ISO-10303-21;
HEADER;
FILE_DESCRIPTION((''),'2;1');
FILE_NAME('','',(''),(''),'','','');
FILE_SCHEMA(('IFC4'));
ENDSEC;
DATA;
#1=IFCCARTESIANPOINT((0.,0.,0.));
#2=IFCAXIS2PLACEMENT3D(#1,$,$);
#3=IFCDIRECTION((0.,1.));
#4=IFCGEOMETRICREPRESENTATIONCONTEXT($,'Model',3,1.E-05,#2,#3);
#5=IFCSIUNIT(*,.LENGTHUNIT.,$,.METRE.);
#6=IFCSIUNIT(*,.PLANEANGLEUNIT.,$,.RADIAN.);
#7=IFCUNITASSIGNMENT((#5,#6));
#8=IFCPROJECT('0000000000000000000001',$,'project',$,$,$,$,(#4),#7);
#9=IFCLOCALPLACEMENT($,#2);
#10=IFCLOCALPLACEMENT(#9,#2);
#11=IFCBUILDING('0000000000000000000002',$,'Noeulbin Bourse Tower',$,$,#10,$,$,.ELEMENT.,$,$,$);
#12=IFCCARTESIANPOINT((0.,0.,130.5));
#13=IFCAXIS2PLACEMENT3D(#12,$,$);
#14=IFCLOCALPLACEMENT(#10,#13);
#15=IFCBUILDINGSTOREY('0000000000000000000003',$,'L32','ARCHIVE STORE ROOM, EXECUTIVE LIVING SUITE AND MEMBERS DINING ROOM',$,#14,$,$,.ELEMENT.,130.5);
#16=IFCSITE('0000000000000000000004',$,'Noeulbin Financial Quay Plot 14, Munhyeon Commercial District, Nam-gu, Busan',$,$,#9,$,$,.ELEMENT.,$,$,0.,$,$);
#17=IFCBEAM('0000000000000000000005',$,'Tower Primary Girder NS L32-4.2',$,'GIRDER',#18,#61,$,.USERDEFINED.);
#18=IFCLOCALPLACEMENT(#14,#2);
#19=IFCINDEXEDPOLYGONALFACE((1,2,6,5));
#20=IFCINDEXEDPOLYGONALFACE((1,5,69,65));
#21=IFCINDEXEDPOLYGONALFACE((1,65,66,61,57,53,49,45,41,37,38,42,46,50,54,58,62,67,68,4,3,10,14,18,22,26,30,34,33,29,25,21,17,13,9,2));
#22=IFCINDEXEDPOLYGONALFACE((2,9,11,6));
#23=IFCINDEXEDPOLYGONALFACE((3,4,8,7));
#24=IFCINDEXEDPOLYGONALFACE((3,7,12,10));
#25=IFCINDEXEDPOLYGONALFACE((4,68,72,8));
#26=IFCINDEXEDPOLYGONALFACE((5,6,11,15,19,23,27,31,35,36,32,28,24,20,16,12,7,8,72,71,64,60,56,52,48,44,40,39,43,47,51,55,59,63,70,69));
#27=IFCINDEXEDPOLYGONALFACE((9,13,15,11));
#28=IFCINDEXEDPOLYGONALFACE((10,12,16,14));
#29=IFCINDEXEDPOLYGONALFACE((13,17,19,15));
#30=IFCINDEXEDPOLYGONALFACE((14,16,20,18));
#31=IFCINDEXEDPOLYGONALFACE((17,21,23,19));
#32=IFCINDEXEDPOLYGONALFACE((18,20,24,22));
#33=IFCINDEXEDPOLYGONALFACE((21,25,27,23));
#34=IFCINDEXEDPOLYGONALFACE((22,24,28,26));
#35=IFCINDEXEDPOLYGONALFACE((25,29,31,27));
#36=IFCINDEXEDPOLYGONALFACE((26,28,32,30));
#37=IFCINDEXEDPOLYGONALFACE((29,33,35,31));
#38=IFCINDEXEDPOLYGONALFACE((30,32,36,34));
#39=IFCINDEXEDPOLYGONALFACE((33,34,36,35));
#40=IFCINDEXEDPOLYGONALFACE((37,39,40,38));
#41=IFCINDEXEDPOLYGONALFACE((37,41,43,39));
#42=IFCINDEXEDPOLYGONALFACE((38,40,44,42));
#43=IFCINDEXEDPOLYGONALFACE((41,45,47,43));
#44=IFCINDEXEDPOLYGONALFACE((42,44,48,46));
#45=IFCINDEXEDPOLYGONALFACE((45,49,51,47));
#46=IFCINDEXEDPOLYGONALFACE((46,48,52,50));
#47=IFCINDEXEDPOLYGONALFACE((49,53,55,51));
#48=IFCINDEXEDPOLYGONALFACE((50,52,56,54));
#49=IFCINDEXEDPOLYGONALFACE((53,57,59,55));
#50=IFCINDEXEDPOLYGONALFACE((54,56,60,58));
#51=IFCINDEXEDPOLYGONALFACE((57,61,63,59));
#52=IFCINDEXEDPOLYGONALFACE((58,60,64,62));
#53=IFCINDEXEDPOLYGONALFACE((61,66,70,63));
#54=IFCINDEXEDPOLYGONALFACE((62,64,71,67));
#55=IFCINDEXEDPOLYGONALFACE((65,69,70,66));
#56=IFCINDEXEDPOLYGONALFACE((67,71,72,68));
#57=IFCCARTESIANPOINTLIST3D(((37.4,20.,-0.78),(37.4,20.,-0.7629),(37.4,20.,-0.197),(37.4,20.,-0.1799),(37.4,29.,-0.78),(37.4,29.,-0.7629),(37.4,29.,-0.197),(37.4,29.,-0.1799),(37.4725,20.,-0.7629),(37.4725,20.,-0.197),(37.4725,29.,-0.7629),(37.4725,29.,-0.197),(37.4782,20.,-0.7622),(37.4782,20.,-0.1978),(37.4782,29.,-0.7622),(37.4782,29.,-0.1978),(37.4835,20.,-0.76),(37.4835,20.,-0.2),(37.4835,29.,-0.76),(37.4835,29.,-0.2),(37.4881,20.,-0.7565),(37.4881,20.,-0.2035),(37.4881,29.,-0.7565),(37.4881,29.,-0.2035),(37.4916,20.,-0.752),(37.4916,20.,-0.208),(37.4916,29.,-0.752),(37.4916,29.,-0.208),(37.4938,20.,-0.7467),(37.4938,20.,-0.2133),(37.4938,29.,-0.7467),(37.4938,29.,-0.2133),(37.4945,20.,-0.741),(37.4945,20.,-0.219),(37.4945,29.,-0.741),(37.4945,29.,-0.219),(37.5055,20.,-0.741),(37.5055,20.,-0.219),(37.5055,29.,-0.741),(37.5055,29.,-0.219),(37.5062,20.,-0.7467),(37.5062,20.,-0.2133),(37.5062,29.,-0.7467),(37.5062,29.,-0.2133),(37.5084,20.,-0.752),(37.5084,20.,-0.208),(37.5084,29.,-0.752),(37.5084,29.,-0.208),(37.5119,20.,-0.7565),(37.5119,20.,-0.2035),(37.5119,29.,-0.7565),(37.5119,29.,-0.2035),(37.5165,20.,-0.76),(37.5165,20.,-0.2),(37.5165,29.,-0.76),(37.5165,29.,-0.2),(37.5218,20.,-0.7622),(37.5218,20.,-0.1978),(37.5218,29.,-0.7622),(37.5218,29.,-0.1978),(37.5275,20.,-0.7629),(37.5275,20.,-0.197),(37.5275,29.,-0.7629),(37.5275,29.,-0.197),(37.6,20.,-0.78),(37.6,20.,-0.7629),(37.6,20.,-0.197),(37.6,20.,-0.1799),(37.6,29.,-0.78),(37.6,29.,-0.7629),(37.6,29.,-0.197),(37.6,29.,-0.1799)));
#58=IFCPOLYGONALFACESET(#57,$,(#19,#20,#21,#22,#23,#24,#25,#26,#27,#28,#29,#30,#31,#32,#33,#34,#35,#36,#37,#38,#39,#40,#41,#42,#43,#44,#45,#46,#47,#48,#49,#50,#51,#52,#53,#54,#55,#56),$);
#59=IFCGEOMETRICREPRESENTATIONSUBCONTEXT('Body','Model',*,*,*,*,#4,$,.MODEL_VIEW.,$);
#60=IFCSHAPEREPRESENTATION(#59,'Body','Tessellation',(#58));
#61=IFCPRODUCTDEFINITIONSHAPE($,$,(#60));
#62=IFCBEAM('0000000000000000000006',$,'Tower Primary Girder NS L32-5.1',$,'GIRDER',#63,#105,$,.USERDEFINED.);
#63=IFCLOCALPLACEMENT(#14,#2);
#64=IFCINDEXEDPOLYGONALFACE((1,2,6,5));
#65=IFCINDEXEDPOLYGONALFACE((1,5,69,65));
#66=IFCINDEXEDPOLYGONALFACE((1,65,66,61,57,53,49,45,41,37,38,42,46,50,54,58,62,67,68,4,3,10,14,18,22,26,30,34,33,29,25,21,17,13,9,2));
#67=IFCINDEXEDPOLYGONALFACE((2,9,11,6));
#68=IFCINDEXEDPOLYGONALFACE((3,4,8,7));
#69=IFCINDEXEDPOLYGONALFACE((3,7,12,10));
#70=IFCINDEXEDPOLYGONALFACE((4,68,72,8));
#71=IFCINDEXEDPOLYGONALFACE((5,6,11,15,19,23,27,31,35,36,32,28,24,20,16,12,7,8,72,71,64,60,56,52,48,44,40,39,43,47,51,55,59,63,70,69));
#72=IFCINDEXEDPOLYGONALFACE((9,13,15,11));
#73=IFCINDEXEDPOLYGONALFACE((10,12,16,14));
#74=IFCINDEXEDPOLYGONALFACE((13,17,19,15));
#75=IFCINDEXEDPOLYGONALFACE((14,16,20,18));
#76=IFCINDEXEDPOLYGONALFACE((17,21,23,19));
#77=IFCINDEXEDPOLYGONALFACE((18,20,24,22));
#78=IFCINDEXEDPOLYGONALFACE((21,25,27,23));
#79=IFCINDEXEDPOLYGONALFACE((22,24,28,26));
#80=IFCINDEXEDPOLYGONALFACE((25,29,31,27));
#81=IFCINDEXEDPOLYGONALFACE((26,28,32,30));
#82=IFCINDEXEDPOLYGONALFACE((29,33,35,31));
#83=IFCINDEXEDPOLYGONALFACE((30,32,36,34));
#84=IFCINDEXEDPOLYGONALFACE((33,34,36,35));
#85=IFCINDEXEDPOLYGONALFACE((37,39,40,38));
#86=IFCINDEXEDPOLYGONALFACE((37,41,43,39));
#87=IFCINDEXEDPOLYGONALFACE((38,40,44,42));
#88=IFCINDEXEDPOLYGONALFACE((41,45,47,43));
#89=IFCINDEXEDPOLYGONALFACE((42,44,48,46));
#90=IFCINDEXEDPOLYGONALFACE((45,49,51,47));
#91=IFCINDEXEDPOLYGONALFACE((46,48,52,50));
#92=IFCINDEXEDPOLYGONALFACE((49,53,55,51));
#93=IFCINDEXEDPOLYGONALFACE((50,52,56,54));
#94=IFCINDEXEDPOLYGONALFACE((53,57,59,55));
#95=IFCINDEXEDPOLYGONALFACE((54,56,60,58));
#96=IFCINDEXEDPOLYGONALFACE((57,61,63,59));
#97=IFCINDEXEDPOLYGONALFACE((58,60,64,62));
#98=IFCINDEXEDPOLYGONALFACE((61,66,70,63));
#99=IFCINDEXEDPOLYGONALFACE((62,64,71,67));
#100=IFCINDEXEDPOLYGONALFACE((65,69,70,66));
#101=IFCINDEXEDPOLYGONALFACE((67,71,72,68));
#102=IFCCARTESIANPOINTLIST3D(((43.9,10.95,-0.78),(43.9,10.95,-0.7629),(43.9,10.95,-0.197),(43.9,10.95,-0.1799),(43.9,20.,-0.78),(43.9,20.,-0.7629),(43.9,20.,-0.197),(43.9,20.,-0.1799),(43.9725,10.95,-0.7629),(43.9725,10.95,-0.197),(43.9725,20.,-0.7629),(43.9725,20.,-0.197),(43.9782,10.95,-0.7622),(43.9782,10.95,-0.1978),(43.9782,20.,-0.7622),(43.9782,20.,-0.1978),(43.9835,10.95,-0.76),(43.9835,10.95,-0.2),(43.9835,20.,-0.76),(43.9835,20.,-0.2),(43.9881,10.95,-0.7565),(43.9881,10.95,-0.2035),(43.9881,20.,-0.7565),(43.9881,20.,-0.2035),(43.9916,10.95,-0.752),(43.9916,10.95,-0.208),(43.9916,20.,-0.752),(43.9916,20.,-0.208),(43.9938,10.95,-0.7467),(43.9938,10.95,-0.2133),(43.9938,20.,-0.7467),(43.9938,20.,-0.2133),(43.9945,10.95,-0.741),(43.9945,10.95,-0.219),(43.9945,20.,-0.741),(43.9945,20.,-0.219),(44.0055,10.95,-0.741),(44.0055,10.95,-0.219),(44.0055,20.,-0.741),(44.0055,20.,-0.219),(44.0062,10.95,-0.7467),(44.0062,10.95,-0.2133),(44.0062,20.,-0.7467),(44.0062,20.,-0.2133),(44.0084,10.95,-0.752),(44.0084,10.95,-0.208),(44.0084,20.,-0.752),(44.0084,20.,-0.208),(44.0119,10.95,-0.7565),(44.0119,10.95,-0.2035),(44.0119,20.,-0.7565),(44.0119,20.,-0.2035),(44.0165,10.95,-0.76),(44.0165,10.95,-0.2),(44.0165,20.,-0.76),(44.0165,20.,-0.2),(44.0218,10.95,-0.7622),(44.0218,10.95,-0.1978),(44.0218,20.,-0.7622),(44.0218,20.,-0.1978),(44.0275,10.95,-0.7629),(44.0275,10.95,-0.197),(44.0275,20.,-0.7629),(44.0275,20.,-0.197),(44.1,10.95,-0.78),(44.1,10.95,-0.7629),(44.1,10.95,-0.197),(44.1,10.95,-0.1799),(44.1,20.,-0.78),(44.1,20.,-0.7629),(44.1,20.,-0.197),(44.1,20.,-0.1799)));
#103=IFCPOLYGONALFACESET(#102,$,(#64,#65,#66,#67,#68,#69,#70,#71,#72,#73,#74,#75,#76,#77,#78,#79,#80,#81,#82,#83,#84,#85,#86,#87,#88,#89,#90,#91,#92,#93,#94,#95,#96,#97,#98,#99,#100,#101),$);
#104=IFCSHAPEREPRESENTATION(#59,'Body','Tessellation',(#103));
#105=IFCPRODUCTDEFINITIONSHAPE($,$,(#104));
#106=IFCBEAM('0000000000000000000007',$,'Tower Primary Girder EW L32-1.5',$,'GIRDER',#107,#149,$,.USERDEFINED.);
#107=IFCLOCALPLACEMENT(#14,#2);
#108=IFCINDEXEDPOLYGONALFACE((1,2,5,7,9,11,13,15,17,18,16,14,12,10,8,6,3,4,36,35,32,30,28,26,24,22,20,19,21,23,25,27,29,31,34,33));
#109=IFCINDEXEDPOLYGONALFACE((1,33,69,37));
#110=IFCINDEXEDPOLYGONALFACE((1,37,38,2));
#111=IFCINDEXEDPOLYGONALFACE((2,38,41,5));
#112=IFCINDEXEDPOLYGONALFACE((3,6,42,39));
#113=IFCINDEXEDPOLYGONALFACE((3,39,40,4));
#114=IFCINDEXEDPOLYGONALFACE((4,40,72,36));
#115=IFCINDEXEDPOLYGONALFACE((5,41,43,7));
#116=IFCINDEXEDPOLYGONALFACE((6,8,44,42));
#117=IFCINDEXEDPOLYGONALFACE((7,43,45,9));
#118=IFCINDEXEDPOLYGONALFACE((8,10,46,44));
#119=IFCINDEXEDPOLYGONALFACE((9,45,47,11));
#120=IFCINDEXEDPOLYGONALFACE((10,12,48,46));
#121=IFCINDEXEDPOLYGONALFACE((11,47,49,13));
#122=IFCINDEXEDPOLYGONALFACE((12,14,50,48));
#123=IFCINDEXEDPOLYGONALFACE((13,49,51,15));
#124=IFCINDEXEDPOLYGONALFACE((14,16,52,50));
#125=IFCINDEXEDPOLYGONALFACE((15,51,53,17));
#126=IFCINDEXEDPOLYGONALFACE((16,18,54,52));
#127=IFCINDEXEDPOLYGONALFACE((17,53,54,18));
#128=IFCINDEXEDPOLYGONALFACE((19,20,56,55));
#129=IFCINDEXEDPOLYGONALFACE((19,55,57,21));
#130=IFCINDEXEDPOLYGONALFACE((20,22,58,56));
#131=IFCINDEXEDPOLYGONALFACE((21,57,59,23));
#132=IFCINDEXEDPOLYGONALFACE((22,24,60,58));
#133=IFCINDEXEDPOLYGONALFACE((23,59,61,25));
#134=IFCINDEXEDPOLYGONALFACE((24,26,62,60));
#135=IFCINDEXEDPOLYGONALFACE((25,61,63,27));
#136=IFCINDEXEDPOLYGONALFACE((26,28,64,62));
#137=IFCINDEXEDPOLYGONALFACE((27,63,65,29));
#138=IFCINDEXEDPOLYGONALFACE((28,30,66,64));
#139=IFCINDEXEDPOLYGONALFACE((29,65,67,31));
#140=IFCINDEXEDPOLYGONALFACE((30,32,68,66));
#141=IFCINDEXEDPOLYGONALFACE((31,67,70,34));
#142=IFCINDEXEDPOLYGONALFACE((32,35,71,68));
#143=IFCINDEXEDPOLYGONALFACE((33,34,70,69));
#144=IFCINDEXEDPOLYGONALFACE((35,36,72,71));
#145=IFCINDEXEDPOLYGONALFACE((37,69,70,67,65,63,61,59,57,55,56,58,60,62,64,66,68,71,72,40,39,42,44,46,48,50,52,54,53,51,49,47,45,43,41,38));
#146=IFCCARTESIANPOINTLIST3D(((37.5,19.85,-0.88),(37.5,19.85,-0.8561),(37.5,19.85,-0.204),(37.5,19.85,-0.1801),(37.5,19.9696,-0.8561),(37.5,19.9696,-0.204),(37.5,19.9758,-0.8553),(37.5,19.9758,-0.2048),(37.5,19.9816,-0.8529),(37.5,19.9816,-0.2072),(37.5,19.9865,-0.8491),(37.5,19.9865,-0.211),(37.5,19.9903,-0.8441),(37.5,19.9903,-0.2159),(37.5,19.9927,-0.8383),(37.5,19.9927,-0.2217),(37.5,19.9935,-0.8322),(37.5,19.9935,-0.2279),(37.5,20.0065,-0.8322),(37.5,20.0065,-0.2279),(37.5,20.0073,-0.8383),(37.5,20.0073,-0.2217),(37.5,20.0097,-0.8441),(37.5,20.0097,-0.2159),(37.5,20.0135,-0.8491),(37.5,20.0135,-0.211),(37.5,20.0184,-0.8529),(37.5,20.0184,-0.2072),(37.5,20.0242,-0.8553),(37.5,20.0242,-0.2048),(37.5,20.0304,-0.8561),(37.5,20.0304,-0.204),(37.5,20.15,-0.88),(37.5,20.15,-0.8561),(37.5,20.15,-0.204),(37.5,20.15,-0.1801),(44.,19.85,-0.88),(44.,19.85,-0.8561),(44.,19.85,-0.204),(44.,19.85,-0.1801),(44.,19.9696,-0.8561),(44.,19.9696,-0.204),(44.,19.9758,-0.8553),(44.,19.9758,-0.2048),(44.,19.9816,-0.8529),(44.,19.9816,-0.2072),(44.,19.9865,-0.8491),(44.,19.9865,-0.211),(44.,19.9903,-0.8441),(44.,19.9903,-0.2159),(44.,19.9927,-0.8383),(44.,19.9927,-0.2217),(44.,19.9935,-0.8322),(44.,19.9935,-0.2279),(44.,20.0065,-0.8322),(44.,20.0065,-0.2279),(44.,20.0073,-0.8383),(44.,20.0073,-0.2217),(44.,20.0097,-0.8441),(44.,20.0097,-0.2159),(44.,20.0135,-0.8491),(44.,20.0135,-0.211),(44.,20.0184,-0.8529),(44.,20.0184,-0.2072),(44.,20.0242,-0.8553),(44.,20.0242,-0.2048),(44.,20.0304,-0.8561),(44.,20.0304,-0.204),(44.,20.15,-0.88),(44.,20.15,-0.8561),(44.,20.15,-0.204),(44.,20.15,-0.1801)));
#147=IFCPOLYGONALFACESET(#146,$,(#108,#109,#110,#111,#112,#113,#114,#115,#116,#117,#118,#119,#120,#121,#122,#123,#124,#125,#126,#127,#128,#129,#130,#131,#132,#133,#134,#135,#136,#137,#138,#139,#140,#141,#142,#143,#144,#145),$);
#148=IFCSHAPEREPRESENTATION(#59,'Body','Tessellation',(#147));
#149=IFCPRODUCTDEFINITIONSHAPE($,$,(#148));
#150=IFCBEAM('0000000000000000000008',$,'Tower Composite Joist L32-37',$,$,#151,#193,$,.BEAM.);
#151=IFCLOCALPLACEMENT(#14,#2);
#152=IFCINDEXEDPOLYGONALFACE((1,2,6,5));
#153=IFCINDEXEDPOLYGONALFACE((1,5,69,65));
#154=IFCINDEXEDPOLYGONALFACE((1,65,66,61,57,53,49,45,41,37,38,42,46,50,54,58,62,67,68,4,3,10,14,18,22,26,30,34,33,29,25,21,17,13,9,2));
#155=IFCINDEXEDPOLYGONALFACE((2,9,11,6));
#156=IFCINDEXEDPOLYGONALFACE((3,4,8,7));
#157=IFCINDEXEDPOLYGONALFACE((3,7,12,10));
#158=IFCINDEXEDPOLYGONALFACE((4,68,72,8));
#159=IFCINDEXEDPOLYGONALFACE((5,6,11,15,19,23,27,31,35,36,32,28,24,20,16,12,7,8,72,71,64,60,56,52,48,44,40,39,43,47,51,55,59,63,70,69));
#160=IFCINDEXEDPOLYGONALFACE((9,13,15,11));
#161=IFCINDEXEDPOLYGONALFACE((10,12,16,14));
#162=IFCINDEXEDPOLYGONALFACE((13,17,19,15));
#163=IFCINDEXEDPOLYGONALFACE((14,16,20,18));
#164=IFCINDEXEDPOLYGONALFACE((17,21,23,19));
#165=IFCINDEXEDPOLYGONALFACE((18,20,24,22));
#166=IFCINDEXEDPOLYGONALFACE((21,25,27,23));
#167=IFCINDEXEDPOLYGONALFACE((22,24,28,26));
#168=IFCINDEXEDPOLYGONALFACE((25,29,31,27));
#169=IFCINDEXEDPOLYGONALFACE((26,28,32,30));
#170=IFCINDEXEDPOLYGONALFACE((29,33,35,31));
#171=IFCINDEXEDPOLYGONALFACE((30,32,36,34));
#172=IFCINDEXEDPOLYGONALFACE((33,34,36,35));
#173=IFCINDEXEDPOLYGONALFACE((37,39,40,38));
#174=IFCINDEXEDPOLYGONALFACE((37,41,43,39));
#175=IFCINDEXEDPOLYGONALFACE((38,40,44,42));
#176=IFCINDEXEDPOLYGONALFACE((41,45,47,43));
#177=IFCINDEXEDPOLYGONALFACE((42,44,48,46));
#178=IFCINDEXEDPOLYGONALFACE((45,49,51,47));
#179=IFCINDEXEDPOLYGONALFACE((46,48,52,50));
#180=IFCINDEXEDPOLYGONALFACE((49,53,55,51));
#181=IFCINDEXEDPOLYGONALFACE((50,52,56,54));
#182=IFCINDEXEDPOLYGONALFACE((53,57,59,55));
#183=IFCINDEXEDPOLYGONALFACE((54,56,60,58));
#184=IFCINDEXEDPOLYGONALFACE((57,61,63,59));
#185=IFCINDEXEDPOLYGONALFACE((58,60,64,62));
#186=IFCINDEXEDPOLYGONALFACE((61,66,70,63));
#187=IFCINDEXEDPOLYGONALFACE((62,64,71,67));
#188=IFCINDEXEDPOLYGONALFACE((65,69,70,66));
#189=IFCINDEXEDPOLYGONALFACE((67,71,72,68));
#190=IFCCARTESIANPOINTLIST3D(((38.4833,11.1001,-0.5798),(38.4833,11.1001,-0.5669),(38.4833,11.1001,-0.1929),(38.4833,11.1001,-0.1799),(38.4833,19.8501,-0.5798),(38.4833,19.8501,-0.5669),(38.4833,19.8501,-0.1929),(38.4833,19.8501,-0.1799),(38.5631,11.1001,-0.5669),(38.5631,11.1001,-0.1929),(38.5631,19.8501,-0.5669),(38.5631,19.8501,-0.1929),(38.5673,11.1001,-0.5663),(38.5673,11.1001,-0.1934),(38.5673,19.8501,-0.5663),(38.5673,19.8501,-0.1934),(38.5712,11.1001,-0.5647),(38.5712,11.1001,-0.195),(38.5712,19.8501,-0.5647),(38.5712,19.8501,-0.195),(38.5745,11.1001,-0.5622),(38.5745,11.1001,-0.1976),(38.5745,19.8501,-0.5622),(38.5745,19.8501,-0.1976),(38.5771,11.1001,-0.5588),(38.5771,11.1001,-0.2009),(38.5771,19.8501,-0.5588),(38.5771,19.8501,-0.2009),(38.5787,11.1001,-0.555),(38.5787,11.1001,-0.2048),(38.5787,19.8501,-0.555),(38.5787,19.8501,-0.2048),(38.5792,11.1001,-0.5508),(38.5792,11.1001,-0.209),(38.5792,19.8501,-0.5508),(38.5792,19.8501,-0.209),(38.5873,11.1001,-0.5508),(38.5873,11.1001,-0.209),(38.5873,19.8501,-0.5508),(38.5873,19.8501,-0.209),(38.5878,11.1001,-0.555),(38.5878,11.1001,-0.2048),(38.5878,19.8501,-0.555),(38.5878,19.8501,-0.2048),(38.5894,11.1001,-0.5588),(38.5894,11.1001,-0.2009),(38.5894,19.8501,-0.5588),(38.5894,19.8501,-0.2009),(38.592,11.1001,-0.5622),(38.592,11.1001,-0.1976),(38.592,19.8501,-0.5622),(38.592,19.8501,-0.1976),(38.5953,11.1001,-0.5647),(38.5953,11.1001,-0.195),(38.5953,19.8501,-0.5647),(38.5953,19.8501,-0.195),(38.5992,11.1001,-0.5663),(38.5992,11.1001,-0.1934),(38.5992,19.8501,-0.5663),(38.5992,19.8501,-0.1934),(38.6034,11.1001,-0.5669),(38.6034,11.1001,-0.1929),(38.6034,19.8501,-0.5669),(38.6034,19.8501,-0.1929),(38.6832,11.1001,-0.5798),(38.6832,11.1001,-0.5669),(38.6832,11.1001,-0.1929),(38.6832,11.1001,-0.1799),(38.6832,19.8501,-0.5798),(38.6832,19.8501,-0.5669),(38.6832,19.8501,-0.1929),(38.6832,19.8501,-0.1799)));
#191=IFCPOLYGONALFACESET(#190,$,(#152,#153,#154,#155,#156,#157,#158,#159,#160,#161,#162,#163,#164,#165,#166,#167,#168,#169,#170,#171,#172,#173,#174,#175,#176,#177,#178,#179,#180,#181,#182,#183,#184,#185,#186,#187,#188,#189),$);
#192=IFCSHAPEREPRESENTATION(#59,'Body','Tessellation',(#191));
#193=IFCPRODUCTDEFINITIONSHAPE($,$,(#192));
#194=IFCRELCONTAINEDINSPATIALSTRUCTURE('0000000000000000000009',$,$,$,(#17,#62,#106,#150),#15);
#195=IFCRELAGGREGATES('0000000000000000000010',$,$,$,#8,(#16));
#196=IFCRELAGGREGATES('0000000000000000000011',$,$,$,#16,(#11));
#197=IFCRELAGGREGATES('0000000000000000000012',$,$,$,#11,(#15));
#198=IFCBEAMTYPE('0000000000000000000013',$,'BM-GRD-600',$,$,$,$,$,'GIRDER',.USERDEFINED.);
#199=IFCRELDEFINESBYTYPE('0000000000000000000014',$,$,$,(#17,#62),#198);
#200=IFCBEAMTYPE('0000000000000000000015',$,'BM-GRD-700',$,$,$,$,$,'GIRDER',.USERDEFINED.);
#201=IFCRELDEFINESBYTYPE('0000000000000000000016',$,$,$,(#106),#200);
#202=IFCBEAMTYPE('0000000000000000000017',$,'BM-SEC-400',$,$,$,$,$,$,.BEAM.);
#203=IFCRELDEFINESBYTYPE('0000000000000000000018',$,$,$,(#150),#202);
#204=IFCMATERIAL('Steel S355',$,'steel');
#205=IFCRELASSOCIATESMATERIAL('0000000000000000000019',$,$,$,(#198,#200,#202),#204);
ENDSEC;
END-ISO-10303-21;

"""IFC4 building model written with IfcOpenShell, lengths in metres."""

from ifc_helpers import new_model, si_unit, direction, frame, origin, origin_2d, place, context, subcontext, project, spatial, i_section, extrude, material, material_profile, profile_set, type_object, element, save


model = new_model("IFC4")

# Units and contexts
model_context = context("Model", 3, precision=1e-05, world=origin(), true_north=direction((0.0, 1.0)))
body_context = subcontext(model_context, "Body", "Model", "MODEL_VIEW")
ifc_project = project(units=[si_unit("LENGTHUNIT", "METRE"), si_unit("PLANEANGLEUNIT", "RADIAN")], contexts=[model_context])

# Site, building, storey
site_placement = place(None, origin())
site = spatial("IfcSite", under=ifc_project, at=site_placement, Name="Noeulbin Financial Quay Plot 14, Munhyeon Commercial District, Nam-gu, Busan", CompositionType="ELEMENT", RefElevation=0.0)
building_placement = place(site_placement, origin())
building = spatial("IfcBuilding", under=site, at=building_placement, Name="Noeulbin Bourse Tower", CompositionType="ELEMENT")
storey_placement = place(building_placement, frame((0.0, 0.0, 130.5)))
storey = spatial("IfcBuildingStorey", under=building, at=storey_placement, Name="L32", Description="ARCHIVE STORE ROOM, EXECUTIVE LIVING SUITE AND MEMBERS DINING ROOM", CompositionType="ELEMENT", Elevation=130.5)

# Shared definitions
ifc_material_1 = material(Name="Steel S355", Category="steel")

# Beams
ifc_material_profile_1 = material_profile(ifc_material_1, i_section(OverallWidth=0.2, OverallDepth=0.6001, WebThickness=0.011, FlangeThickness=0.0171, FilletRadius=0.022, at=origin_2d()), Name="H-600x200x11x17", Category="LoadBearing")
ifc_profile_set_1 = profile_set([ifc_material_profile_1], Name="Steel S355")
beam_type_1 = type_object("IfcBeamType", Name="BM-GRD-600", ElementType="GIRDER", PredefinedType="USERDEFINED", material=ifc_profile_set_1)
beam_1_placement = place(storey_placement, frame((37.5, 20.0, -0.48), z_axis=(0.0, 1.0, 0.0), x_axis=(-1.0, 0.0, 0.0)))
element("IfcBeam", 1, at=beam_1_placement, inside=storey, type_object=beam_type_1, Name="Tower Primary Girder NS L32-4.2", ObjectType="GIRDER", PredefinedType="USERDEFINED", context=body_context, shape_type="SweptSolid", body=[
    extrude(i_section(OverallWidth=0.2, OverallDepth=0.6001, WebThickness=0.011, FlangeThickness=0.0171, FilletRadius=0.022, at=origin_2d()), origin(), (0.0, 0.0, 1.0), 9.0),
])
beam_2_placement = place(storey_placement, frame((44.0, 10.95, -0.48), z_axis=(0.0, 1.0, 0.0), x_axis=(-1.0, 0.0, 0.0)))
element("IfcBeam", 2, at=beam_2_placement, inside=storey, type_object=beam_type_1, Name="Tower Primary Girder NS L32-5.1", ObjectType="GIRDER", PredefinedType="USERDEFINED", context=body_context, shape_type="SweptSolid", body=[
    extrude(i_section(OverallWidth=0.2, OverallDepth=0.6001, WebThickness=0.011, FlangeThickness=0.0171, FilletRadius=0.022, at=origin_2d()), origin(), (0.0, 0.0, 1.0), 9.05),
])
ifc_material_profile_2 = material_profile(ifc_material_1, i_section(OverallWidth=0.3, OverallDepth=0.7, WebThickness=0.0129, FlangeThickness=0.0239, FilletRadius=0.0239, at=origin_2d()), Name="H-700x300x13x24", Category="LoadBearing")
ifc_profile_set_2 = profile_set([ifc_material_profile_2], Name="Steel S355")
beam_type_2 = type_object("IfcBeamType", Name="BM-GRD-700", ElementType="GIRDER", PredefinedType="USERDEFINED", material=ifc_profile_set_2)
beam_3_placement = place(storey_placement, frame((37.5, 20.0, -0.53), z_axis=(1.0, 0.0, 0.0), x_axis=(0.0, 1.0, 0.0)))
element("IfcBeam", 3, at=beam_3_placement, inside=storey, type_object=beam_type_2, Name="Tower Primary Girder EW L32-1.5", ObjectType="GIRDER", PredefinedType="USERDEFINED", context=body_context, shape_type="SweptSolid", body=[
    extrude(i_section(OverallWidth=0.3, OverallDepth=0.7, WebThickness=0.0129, FlangeThickness=0.0239, FilletRadius=0.0239, at=origin_2d()), origin(), (0.0, 0.0, 1.0), 6.5),
])
ifc_material_profile_3 = material_profile(ifc_material_1, i_section(OverallWidth=0.2, OverallDepth=0.3999, WebThickness=0.0081, FlangeThickness=0.0129, FilletRadius=0.0161, at=origin_2d()), Name="H-400x200x8x13", Category="LoadBearing")
ifc_profile_set_3 = profile_set([ifc_material_profile_3], Name="Steel S355")
beam_type_3 = type_object("IfcBeamType", Name="BM-SEC-400", PredefinedType="BEAM", material=ifc_profile_set_3)
for number, where, z_axis, x_axis, name in (
    (4, (38.5833, 11.1001, -0.3799), (0.0, 1.0, 0.0), (-1.0, 0.0, 0.0), "Tower Composite Joist L32-37"),
):
    element("IfcBeam", number, at=place(storey_placement, frame(where, z_axis=z_axis, x_axis=x_axis)), inside=storey, type_object=beam_type_3, Name=name, PredefinedType="BEAM", context=body_context, shape_type="SweptSolid", body=[
        extrude(i_section(OverallWidth=0.2, OverallDepth=0.3999, WebThickness=0.0081, FlangeThickness=0.0129, FilletRadius=0.0161, at=origin_2d()), origin(), (0.0, 0.0, 1.0), 8.75),
    ])

save(model, "model.ifc")
